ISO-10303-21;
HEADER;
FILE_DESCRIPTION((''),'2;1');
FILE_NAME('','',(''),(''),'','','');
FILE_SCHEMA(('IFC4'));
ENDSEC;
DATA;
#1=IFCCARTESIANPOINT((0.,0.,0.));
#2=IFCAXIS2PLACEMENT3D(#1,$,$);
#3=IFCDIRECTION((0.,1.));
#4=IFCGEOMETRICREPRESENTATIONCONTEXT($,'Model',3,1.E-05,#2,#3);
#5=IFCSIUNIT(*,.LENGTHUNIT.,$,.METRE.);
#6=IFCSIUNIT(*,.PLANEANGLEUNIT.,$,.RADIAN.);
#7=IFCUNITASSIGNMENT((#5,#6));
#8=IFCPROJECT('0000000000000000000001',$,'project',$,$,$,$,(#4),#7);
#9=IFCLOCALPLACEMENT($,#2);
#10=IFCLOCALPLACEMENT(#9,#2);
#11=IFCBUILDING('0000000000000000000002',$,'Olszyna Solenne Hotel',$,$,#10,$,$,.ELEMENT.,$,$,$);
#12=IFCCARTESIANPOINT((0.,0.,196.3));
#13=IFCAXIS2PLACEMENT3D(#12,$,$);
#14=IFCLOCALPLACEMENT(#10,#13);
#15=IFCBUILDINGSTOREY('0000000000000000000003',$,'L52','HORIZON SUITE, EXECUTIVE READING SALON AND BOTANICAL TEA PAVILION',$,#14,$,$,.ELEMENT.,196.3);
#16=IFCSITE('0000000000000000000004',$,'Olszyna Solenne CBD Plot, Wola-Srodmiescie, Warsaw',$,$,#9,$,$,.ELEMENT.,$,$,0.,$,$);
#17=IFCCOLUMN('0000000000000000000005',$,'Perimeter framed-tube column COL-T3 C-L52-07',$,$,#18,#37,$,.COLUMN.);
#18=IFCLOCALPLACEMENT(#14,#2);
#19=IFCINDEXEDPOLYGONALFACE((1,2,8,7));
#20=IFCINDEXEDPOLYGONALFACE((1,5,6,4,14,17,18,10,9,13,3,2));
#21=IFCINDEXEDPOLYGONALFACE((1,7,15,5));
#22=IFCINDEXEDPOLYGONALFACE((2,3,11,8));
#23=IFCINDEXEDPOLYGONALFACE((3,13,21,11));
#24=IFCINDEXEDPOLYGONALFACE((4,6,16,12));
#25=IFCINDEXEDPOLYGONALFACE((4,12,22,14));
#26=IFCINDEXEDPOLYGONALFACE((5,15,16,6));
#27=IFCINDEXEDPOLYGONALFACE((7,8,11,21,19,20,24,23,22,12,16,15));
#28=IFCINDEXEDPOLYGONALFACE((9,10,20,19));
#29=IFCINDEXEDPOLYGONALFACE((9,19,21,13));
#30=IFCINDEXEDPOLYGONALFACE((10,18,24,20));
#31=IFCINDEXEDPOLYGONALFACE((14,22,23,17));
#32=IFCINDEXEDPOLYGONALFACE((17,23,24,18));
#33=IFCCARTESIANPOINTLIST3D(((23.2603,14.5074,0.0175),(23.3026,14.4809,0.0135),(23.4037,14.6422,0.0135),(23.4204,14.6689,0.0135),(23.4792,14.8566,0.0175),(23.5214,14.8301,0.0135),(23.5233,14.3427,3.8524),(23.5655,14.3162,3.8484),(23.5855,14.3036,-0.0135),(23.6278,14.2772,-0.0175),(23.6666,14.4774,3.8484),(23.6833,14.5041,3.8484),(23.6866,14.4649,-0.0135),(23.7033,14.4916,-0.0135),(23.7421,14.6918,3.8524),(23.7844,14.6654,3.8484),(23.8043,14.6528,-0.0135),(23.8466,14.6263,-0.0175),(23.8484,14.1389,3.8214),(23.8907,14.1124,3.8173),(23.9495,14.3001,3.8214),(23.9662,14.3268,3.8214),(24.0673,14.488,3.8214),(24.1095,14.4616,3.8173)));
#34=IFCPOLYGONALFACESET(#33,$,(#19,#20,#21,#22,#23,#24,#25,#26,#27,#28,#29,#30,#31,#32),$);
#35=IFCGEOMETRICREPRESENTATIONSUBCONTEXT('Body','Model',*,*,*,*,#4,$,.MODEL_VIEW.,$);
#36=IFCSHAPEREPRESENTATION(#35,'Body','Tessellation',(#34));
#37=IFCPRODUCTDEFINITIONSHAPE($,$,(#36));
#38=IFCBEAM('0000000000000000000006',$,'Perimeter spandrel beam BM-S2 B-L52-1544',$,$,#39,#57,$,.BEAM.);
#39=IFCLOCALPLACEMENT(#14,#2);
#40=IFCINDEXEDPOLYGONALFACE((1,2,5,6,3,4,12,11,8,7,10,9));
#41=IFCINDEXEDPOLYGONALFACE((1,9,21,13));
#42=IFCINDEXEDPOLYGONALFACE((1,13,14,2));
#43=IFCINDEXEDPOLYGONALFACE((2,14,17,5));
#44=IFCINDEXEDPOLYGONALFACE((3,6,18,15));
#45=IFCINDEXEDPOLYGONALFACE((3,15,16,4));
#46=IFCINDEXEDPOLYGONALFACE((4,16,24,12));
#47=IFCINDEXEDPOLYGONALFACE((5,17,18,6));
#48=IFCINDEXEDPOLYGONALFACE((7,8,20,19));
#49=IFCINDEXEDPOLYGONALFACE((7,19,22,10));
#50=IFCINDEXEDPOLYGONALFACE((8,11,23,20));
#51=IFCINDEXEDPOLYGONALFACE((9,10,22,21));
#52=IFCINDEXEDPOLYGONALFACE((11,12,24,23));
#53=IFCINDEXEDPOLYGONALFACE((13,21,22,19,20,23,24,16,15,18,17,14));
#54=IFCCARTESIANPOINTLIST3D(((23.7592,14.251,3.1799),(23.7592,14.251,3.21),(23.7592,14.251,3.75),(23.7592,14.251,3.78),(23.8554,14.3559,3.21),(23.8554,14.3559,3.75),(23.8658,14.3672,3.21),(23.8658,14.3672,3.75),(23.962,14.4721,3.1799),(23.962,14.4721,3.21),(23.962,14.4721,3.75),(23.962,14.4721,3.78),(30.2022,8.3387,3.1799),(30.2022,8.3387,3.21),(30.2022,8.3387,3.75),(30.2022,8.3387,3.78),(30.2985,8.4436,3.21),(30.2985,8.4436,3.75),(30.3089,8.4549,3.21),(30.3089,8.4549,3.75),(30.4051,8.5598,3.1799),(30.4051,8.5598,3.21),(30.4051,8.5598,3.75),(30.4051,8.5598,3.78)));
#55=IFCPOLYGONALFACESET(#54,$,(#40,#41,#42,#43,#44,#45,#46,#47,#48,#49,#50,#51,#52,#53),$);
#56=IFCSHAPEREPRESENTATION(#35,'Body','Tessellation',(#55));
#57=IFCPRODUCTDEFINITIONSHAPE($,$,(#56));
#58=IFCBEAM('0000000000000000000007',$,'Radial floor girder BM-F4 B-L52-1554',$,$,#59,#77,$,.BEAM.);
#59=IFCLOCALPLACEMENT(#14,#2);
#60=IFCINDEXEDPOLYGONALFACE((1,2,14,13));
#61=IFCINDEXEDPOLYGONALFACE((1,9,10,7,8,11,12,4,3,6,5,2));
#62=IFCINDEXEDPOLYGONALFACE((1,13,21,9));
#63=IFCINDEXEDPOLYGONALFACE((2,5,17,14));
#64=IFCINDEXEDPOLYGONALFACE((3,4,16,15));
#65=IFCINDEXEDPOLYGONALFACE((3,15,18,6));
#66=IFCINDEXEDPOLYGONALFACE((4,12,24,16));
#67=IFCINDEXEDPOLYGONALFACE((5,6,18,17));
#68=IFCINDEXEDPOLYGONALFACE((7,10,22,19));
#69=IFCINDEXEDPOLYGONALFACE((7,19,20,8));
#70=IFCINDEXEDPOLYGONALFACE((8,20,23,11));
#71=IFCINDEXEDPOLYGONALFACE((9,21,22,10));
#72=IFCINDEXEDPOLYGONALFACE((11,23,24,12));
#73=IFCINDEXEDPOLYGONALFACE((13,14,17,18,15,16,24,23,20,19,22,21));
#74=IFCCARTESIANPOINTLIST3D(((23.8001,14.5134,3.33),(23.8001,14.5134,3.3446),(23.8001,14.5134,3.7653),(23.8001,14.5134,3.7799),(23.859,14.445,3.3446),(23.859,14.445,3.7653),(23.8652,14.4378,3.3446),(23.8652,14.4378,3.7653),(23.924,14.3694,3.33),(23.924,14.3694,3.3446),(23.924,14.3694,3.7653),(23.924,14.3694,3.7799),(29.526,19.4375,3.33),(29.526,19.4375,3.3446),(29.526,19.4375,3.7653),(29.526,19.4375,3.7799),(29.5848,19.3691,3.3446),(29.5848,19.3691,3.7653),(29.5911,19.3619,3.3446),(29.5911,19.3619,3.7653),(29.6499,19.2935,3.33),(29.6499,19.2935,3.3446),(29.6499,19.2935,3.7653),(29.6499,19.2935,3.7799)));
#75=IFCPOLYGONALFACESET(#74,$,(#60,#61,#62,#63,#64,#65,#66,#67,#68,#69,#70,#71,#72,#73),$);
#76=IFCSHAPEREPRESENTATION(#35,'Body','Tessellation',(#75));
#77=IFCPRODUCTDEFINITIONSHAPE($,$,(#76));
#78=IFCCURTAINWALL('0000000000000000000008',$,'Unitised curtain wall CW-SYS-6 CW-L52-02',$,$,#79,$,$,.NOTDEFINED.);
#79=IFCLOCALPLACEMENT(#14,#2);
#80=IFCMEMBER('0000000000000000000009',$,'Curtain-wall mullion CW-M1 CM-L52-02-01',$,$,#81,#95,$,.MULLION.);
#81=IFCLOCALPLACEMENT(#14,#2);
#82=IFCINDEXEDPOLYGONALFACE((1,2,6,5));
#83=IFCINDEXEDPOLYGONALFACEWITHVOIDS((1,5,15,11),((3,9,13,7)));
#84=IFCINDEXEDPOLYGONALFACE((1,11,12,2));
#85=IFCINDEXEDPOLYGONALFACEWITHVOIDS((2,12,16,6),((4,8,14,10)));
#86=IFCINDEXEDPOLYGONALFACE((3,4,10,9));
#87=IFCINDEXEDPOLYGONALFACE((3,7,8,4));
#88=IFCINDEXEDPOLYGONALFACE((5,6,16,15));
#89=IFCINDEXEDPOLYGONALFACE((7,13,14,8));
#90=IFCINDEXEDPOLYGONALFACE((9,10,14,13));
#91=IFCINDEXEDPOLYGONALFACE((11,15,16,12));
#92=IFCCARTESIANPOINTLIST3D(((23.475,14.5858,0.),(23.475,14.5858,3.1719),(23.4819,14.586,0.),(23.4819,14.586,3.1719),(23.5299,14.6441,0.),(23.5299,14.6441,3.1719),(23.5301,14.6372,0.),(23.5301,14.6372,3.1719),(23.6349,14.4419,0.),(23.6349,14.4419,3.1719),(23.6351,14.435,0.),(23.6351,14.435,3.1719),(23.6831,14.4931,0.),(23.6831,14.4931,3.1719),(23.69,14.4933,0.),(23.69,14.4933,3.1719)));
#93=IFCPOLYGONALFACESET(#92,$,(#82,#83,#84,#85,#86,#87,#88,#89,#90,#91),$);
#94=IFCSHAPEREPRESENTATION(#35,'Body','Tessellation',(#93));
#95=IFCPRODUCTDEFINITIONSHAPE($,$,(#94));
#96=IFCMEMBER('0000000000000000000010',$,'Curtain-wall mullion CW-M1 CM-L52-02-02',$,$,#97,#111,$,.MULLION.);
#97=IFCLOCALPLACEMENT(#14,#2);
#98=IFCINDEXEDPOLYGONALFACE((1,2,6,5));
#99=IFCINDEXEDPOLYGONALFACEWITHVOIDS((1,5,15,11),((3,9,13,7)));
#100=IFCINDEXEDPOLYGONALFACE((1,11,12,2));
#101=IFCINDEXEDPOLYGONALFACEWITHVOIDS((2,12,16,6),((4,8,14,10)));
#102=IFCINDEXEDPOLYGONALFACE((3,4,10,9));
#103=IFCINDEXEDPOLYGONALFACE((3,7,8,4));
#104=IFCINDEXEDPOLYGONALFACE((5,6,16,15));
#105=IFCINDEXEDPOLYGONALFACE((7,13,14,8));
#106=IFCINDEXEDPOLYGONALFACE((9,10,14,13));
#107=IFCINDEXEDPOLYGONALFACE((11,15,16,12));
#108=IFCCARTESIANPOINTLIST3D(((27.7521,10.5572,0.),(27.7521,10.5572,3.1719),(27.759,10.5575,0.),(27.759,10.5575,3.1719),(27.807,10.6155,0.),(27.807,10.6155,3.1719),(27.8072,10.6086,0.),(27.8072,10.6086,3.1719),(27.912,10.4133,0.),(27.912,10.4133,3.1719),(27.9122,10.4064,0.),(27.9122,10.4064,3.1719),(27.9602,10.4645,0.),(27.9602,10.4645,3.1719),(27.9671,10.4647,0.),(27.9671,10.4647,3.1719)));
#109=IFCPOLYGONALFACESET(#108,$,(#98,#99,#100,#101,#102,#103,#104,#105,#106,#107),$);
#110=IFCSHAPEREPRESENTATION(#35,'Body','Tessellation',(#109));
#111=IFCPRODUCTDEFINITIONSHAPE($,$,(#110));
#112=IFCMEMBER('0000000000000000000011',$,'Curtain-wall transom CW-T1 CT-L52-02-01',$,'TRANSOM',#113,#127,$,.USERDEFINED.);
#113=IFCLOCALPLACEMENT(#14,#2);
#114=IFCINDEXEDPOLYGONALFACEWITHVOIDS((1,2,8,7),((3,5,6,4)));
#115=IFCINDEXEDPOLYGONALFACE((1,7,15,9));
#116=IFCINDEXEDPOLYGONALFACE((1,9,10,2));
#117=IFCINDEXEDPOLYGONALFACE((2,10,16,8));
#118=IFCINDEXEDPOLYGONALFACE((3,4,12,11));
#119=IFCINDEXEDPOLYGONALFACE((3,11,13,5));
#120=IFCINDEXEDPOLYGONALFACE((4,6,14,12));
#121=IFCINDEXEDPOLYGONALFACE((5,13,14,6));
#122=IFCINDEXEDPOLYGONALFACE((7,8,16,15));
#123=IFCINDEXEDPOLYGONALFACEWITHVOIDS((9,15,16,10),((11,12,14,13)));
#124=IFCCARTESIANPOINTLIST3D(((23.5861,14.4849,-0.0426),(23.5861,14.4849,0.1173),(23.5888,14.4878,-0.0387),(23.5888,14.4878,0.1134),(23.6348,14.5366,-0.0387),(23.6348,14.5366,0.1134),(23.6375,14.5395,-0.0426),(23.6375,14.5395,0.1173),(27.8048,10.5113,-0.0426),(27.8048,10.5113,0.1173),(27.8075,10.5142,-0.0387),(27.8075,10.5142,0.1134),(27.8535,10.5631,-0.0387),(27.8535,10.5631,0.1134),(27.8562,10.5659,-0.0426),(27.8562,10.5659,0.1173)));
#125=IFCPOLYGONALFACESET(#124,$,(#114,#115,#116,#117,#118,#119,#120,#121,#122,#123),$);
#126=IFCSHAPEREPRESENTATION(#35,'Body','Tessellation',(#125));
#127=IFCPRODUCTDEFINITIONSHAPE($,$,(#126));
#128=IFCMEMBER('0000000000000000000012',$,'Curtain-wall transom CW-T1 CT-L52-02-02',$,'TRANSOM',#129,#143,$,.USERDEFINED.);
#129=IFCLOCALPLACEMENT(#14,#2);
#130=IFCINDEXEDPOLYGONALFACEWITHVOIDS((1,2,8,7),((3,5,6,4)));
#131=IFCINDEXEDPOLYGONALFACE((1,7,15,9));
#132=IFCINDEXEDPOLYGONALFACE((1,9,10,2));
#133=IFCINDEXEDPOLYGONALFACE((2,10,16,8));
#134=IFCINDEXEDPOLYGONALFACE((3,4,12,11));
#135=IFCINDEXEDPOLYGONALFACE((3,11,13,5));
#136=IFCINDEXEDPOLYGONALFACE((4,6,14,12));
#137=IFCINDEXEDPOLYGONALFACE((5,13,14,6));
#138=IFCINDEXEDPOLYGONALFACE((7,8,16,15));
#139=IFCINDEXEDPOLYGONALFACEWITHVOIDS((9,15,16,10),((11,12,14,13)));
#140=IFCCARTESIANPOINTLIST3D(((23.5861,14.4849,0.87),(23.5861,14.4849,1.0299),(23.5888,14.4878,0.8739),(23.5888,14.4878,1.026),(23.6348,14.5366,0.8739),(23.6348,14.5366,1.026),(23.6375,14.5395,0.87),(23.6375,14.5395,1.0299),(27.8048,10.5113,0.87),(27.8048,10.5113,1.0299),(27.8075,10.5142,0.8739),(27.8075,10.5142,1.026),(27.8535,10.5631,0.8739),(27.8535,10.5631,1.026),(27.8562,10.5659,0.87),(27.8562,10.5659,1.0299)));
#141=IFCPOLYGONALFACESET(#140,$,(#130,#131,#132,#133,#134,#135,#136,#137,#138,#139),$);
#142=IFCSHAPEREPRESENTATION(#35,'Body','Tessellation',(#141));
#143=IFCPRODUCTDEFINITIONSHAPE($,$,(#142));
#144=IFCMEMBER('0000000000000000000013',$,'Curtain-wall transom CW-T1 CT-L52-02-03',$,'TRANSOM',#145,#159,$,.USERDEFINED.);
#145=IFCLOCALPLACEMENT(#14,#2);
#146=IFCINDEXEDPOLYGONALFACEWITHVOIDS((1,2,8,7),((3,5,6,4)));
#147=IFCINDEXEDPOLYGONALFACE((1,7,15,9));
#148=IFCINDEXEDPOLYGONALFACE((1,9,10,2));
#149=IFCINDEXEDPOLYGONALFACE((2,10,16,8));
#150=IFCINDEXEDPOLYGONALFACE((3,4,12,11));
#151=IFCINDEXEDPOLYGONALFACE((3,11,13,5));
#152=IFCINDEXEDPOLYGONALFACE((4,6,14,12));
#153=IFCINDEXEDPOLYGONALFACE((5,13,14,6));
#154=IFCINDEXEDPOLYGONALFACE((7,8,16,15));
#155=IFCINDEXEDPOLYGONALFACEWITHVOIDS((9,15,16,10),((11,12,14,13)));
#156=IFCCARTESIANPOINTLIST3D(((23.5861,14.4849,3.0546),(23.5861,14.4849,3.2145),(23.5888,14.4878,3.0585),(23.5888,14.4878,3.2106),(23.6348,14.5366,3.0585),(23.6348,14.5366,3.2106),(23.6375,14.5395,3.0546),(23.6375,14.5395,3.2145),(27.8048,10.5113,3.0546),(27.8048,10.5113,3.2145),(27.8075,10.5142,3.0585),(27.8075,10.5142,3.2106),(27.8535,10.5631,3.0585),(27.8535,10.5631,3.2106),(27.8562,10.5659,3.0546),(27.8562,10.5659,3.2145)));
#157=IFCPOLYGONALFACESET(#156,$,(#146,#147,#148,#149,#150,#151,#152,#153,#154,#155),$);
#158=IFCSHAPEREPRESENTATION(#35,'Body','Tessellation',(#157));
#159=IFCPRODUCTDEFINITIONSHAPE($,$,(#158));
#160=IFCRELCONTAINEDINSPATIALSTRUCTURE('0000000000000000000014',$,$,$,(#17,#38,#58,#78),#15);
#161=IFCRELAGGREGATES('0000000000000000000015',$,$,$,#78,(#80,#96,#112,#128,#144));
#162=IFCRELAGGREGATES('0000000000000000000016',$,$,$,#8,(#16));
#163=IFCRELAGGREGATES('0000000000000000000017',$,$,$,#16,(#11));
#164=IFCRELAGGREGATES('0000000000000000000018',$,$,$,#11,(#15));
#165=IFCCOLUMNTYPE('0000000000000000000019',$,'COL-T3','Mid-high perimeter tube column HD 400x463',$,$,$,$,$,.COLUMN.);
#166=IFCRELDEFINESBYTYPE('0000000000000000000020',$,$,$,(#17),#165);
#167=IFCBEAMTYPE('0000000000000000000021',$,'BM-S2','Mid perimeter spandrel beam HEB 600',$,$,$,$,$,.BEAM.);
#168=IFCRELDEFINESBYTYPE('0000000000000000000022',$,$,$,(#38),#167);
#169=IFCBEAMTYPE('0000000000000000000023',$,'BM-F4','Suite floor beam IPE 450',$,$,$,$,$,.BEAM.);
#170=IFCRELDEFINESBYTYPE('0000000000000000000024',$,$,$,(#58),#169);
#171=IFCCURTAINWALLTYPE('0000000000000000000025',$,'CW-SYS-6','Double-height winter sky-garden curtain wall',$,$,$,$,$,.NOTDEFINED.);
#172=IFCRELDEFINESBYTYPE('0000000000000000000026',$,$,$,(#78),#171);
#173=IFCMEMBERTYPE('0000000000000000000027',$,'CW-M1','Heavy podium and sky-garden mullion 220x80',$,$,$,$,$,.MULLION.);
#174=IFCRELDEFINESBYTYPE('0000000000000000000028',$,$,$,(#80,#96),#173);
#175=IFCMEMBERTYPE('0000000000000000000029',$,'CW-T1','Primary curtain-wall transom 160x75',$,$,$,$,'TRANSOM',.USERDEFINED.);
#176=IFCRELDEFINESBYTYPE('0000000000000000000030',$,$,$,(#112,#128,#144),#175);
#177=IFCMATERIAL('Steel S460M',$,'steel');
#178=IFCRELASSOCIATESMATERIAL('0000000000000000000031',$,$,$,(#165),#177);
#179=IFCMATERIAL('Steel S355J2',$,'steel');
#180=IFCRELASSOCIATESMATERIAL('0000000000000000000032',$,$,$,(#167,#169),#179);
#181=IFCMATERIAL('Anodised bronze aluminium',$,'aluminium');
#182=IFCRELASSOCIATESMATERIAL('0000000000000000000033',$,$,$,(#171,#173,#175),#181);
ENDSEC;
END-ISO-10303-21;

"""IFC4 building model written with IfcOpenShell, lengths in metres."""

from ifc_helpers import new_model, si_unit, direction, frame, origin, origin_2d, place, context, subcontext, project, spatial, hollow_rectangle, i_section, extrude, source, transform, mapped, material, material_profile, profile_set, type_object, element, aggregate, save


model = new_model("IFC4")

# Units and contexts
model_context = context("Model", 3, precision=1e-05, world=origin(), true_north=direction((0.0, 1.0)))
body_context = subcontext(model_context, "Body", "Model", "MODEL_VIEW")
ifc_project = project(units=[si_unit("LENGTHUNIT", "METRE"), si_unit("PLANEANGLEUNIT", "RADIAN")], contexts=[model_context])

# Site, building, storey
site_placement = place(None, origin())
site = spatial("IfcSite", under=ifc_project, at=site_placement, Name="Olszyna Solenne CBD Plot, Wola-Srodmiescie, Warsaw", CompositionType="ELEMENT", RefElevation=0.0)
building_placement = place(site_placement, origin())
building = spatial("IfcBuilding", under=site, at=building_placement, Name="Olszyna Solenne Hotel", CompositionType="ELEMENT")
storey_placement = place(building_placement, frame((0.0, 0.0, 196.3)))
storey = spatial("IfcBuildingStorey", under=building, at=storey_placement, Name="L52", Description="HORIZON SUITE, EXECUTIVE READING SALON AND BOTANICAL TEA PAVILION", CompositionType="ELEMENT", Elevation=196.3)

# Column
ifc_material_1 = material(Name="Steel S460M", Category="steel")
ifc_material_profile_1 = material_profile(ifc_material_1, i_section(OverallWidth=0.4121, OverallDepth=0.4351, WebThickness=0.0315, FlangeThickness=0.05, at=origin_2d()), Name="HD 400x463", Category="load-bearing")
ifc_profile_set_1 = profile_set([ifc_material_profile_1], Name="Steel S460M")
column_type = type_object("IfcColumnType", Name="COL-T3", Description="Mid-high perimeter tube column HD 400x463", PredefinedType="COLUMN", material=ifc_profile_set_1)
shared_shape_1 = source(origin(), body_context, "Body", "SweptSolid", [
    extrude(i_section(OverallWidth=0.4121, OverallDepth=0.4351, WebThickness=0.0315, FlangeThickness=0.05, at=origin_2d()), origin(), (0.0, 0.0, 1.0), 3.8474),
])
column_placement = place(storey_placement, frame((23.5535, 14.5669, 0.0), z_axis=(0.06834, -0.042832, 0.996742), x_axis=(0.531059, 0.847335, 0.0)))
element("IfcColumn", 1, at=column_placement, inside=storey, type_object=column_type, Name="Perimeter framed-tube column COL-T3 C-L52-07", PredefinedType="COLUMN", context=body_context, shape_type="MappedRepresentation", body=[
    mapped(shared_shape_1, transform((0.0, 0.0, 0.0), x_axis=(1.0, 0.0, 0.0), y_axis=(0.0, 1.0, 0.0), z_axis=(0.0, 0.0, 1.0), scale=1.0)),
])

# Beams
ifc_material_2 = material(Name="Steel S355J2", Category="steel")
ifc_material_profile_2 = material_profile(ifc_material_2, i_section(OverallWidth=0.3, OverallDepth=0.6001, WebThickness=0.0154, FlangeThickness=0.03, at=origin_2d()), Name="HEB 600", Category="load-bearing")
ifc_profile_set_2 = profile_set([ifc_material_profile_2], Name="Steel S355J2")
beam_type_1 = type_object("IfcBeamType", Name="BM-S2", Description="Mid perimeter spandrel beam HEB 600", PredefinedType="BEAM", material=ifc_profile_set_2)
shared_shape_2 = source(origin(), body_context, "Body", "SweptSolid", [
    extrude(i_section(OverallWidth=0.3, OverallDepth=0.6001, WebThickness=0.0154, FlangeThickness=0.03, at=origin_2d()), origin(), (0.0, 0.0, 1.0), 8.7446),
])
beam_1_placement = place(storey_placement, frame((23.8606, 14.3616, 3.48), z_axis=(0.736803, -0.676108, 0.0), x_axis=(0.676108, 0.736803, 0.0)))
element("IfcBeam", 2, at=beam_1_placement, inside=storey, type_object=beam_type_1, Name="Perimeter spandrel beam BM-S2 B-L52-1544", PredefinedType="BEAM", context=body_context, shape_type="MappedRepresentation", body=[
    mapped(shared_shape_2, transform((0.0, 0.0, 0.0), x_axis=(1.0, 0.0, 0.0), y_axis=(0.0, 1.0, 0.0), z_axis=(0.0, 0.0, 1.0), scale=1.0)),
])
ifc_material_profile_3 = material_profile(ifc_material_2, i_section(OverallWidth=0.1899, OverallDepth=0.45, WebThickness=0.0095, FlangeThickness=0.0146, at=origin_2d()), Name="IPE 450", Category="load-bearing")
ifc_profile_set_3 = profile_set([ifc_material_profile_3], Name="Steel S355J2")
beam_type_2 = type_object("IfcBeamType", Name="BM-F4", Description="Suite floor beam IPE 450", PredefinedType="BEAM", material=ifc_profile_set_3)
shared_shape_3 = source(origin(), body_context, "Body", "SweptSolid", [
    extrude(i_section(OverallWidth=0.1899, OverallDepth=0.45, WebThickness=0.0095, FlangeThickness=0.0146, at=origin_2d()), origin(), (0.0, 0.0, 1.0), 7.552),
])
beam_2_placement = place(storey_placement, frame((23.8621, 14.4414, 3.5549), z_axis=(0.758194, 0.652028, 0.0), x_axis=(-0.652028, 0.758194, 0.0)))
element("IfcBeam", 3, at=beam_2_placement, inside=storey, type_object=beam_type_2, Name="Radial floor girder BM-F4 B-L52-1554", PredefinedType="BEAM", context=body_context, shape_type="MappedRepresentation", body=[
    mapped(shared_shape_3, transform((0.0, 0.0, 0.0), x_axis=(1.0, 0.0, 0.0), y_axis=(0.0, 1.0, 0.0), z_axis=(0.0, 0.0, 1.0), scale=1.0)),
])

# Curtain wall, members
ifc_material_3 = material(Name="Anodised bronze aluminium", Category="aluminium")
curtain_wall_type = type_object("IfcCurtainWallType", Name="CW-SYS-6", Description="Double-height winter sky-garden curtain wall", PredefinedType="NOTDEFINED", material=ifc_material_3)
curtain_wall_placement = place(storey_placement, origin())
curtain_wall = element("IfcCurtainWall", 4, at=curtain_wall_placement, inside=storey, type_object=curtain_wall_type, Name="Unitised curtain wall CW-SYS-6 CW-L52-02", PredefinedType="NOTDEFINED")
ifc_material_profile_4 = material_profile(ifc_material_3, hollow_rectangle(XDim=0.0801, YDim=0.22, WallThickness=0.0049, at=origin_2d()), Name="MULL 220x80x5", Category="load-bearing")
ifc_profile_set_4 = profile_set([ifc_material_profile_4], Name="Anodised bronze aluminium")
member_type_1 = type_object("IfcMemberType", Name="CW-M1", Description="Heavy podium and sky-garden mullion 220x80", PredefinedType="MULLION", material=ifc_profile_set_4)
shared_shape_4 = source(origin(), body_context, "Body", "SweptSolid", [
    extrude(hollow_rectangle(XDim=0.0801, YDim=0.22, WallThickness=0.0049, at=origin_2d()), origin(), (0.0, 0.0, 1.0), 3.1719),
])
member_1_placement = place(storey_placement, frame((23.5825, 14.5396, 0.0), z_axis=(0.0, 0.0, 1.0), x_axis=(0.685634, 0.727946, 0.0)))
member_1 = element("IfcMember", 5, at=member_1_placement, type_object=member_type_1, Name="Curtain-wall mullion CW-M1 CM-L52-02-01", PredefinedType="MULLION", context=body_context, shape_type="MappedRepresentation", body=[
    mapped(shared_shape_4, transform((0.0, 0.0, 0.0), x_axis=(1.0, 0.0, 0.0), y_axis=(0.0, 1.0, 0.0), z_axis=(0.0, 0.0, 1.0), scale=1.0)),
])
member_2_placement = place(storey_placement, frame((27.8596, 10.511, 0.0), z_axis=(0.0, 0.0, 1.0), x_axis=(0.685634, 0.727946, 0.0)))
member_2 = element("IfcMember", 6, at=member_2_placement, type_object=member_type_1, Name="Curtain-wall mullion CW-M1 CM-L52-02-02", PredefinedType="MULLION", context=body_context, shape_type="MappedRepresentation", body=[
    mapped(shared_shape_4, transform((0.0, 0.0, 0.0), x_axis=(1.0, 0.0, 0.0), y_axis=(0.0, 1.0, 0.0), z_axis=(0.0, 0.0, 1.0), scale=1.0)),
])
ifc_material_profile_5 = material_profile(ifc_material_3, hollow_rectangle(XDim=0.075, YDim=0.1599, WallThickness=0.0039, at=origin_2d()), Name="TRAN 160x75x4", Category="load-bearing")
ifc_profile_set_5 = profile_set([ifc_material_profile_5], Name="Anodised bronze aluminium")
member_type_2 = type_object("IfcMemberType", Name="CW-T1", Description="Primary curtain-wall transom 160x75", ElementType="TRANSOM", PredefinedType="USERDEFINED", material=ifc_profile_set_5)
shared_shape_5 = source(origin(), body_context, "Body", "SweptSolid", [
    extrude(hollow_rectangle(XDim=0.075, YDim=0.1599, WallThickness=0.0039, at=origin_2d()), origin(), (0.0, 0.0, 1.0), 5.7954),
])
member_3_placement = place(storey_placement, frame((23.6118, 14.5122, 0.0374), z_axis=(0.727938, -0.685643, 0.0), x_axis=(0.685643, 0.727938, 0.0)))
member_3 = element("IfcMember", 7, at=member_3_placement, type_object=member_type_2, Name="Curtain-wall transom CW-T1 CT-L52-02-01", ObjectType="TRANSOM", PredefinedType="USERDEFINED", context=body_context, shape_type="MappedRepresentation", body=[
    mapped(shared_shape_5, transform((0.0, 0.0, 0.0), x_axis=(1.0, 0.0, 0.0), y_axis=(0.0, 1.0, 0.0), z_axis=(0.0, 0.0, 1.0), scale=1.0)),
])
member_4_placement = place(storey_placement, frame((23.6118, 14.5122, 0.95), z_axis=(0.727938, -0.685643, 0.0), x_axis=(0.685643, 0.727938, 0.0)))
member_4 = element("IfcMember", 8, at=member_4_placement, type_object=member_type_2, Name="Curtain-wall transom CW-T1 CT-L52-02-02", ObjectType="TRANSOM", PredefinedType="USERDEFINED", context=body_context, shape_type="MappedRepresentation", body=[
    mapped(shared_shape_5, transform((0.0, 0.0, 0.0), x_axis=(1.0, 0.0, 0.0), y_axis=(0.0, 1.0, 0.0), z_axis=(0.0, 0.0, 1.0), scale=1.0)),
])
member_5_placement = place(storey_placement, frame((23.6118, 14.5122, 3.1345), z_axis=(0.727938, -0.685643, 0.0), x_axis=(0.685643, 0.727938, 0.0)))
member_5 = element("IfcMember", 9, at=member_5_placement, type_object=member_type_2, Name="Curtain-wall transom CW-T1 CT-L52-02-03", ObjectType="TRANSOM", PredefinedType="USERDEFINED", context=body_context, shape_type="MappedRepresentation", body=[
    mapped(shared_shape_5, transform((0.0, 0.0, 0.0), x_axis=(1.0, 0.0, 0.0), y_axis=(0.0, 1.0, 0.0), z_axis=(0.0, 0.0, 1.0), scale=1.0)),
])

aggregate(curtain_wall, [member_1, member_2, member_3, member_4, member_5])

save(model, "model.ifc")
